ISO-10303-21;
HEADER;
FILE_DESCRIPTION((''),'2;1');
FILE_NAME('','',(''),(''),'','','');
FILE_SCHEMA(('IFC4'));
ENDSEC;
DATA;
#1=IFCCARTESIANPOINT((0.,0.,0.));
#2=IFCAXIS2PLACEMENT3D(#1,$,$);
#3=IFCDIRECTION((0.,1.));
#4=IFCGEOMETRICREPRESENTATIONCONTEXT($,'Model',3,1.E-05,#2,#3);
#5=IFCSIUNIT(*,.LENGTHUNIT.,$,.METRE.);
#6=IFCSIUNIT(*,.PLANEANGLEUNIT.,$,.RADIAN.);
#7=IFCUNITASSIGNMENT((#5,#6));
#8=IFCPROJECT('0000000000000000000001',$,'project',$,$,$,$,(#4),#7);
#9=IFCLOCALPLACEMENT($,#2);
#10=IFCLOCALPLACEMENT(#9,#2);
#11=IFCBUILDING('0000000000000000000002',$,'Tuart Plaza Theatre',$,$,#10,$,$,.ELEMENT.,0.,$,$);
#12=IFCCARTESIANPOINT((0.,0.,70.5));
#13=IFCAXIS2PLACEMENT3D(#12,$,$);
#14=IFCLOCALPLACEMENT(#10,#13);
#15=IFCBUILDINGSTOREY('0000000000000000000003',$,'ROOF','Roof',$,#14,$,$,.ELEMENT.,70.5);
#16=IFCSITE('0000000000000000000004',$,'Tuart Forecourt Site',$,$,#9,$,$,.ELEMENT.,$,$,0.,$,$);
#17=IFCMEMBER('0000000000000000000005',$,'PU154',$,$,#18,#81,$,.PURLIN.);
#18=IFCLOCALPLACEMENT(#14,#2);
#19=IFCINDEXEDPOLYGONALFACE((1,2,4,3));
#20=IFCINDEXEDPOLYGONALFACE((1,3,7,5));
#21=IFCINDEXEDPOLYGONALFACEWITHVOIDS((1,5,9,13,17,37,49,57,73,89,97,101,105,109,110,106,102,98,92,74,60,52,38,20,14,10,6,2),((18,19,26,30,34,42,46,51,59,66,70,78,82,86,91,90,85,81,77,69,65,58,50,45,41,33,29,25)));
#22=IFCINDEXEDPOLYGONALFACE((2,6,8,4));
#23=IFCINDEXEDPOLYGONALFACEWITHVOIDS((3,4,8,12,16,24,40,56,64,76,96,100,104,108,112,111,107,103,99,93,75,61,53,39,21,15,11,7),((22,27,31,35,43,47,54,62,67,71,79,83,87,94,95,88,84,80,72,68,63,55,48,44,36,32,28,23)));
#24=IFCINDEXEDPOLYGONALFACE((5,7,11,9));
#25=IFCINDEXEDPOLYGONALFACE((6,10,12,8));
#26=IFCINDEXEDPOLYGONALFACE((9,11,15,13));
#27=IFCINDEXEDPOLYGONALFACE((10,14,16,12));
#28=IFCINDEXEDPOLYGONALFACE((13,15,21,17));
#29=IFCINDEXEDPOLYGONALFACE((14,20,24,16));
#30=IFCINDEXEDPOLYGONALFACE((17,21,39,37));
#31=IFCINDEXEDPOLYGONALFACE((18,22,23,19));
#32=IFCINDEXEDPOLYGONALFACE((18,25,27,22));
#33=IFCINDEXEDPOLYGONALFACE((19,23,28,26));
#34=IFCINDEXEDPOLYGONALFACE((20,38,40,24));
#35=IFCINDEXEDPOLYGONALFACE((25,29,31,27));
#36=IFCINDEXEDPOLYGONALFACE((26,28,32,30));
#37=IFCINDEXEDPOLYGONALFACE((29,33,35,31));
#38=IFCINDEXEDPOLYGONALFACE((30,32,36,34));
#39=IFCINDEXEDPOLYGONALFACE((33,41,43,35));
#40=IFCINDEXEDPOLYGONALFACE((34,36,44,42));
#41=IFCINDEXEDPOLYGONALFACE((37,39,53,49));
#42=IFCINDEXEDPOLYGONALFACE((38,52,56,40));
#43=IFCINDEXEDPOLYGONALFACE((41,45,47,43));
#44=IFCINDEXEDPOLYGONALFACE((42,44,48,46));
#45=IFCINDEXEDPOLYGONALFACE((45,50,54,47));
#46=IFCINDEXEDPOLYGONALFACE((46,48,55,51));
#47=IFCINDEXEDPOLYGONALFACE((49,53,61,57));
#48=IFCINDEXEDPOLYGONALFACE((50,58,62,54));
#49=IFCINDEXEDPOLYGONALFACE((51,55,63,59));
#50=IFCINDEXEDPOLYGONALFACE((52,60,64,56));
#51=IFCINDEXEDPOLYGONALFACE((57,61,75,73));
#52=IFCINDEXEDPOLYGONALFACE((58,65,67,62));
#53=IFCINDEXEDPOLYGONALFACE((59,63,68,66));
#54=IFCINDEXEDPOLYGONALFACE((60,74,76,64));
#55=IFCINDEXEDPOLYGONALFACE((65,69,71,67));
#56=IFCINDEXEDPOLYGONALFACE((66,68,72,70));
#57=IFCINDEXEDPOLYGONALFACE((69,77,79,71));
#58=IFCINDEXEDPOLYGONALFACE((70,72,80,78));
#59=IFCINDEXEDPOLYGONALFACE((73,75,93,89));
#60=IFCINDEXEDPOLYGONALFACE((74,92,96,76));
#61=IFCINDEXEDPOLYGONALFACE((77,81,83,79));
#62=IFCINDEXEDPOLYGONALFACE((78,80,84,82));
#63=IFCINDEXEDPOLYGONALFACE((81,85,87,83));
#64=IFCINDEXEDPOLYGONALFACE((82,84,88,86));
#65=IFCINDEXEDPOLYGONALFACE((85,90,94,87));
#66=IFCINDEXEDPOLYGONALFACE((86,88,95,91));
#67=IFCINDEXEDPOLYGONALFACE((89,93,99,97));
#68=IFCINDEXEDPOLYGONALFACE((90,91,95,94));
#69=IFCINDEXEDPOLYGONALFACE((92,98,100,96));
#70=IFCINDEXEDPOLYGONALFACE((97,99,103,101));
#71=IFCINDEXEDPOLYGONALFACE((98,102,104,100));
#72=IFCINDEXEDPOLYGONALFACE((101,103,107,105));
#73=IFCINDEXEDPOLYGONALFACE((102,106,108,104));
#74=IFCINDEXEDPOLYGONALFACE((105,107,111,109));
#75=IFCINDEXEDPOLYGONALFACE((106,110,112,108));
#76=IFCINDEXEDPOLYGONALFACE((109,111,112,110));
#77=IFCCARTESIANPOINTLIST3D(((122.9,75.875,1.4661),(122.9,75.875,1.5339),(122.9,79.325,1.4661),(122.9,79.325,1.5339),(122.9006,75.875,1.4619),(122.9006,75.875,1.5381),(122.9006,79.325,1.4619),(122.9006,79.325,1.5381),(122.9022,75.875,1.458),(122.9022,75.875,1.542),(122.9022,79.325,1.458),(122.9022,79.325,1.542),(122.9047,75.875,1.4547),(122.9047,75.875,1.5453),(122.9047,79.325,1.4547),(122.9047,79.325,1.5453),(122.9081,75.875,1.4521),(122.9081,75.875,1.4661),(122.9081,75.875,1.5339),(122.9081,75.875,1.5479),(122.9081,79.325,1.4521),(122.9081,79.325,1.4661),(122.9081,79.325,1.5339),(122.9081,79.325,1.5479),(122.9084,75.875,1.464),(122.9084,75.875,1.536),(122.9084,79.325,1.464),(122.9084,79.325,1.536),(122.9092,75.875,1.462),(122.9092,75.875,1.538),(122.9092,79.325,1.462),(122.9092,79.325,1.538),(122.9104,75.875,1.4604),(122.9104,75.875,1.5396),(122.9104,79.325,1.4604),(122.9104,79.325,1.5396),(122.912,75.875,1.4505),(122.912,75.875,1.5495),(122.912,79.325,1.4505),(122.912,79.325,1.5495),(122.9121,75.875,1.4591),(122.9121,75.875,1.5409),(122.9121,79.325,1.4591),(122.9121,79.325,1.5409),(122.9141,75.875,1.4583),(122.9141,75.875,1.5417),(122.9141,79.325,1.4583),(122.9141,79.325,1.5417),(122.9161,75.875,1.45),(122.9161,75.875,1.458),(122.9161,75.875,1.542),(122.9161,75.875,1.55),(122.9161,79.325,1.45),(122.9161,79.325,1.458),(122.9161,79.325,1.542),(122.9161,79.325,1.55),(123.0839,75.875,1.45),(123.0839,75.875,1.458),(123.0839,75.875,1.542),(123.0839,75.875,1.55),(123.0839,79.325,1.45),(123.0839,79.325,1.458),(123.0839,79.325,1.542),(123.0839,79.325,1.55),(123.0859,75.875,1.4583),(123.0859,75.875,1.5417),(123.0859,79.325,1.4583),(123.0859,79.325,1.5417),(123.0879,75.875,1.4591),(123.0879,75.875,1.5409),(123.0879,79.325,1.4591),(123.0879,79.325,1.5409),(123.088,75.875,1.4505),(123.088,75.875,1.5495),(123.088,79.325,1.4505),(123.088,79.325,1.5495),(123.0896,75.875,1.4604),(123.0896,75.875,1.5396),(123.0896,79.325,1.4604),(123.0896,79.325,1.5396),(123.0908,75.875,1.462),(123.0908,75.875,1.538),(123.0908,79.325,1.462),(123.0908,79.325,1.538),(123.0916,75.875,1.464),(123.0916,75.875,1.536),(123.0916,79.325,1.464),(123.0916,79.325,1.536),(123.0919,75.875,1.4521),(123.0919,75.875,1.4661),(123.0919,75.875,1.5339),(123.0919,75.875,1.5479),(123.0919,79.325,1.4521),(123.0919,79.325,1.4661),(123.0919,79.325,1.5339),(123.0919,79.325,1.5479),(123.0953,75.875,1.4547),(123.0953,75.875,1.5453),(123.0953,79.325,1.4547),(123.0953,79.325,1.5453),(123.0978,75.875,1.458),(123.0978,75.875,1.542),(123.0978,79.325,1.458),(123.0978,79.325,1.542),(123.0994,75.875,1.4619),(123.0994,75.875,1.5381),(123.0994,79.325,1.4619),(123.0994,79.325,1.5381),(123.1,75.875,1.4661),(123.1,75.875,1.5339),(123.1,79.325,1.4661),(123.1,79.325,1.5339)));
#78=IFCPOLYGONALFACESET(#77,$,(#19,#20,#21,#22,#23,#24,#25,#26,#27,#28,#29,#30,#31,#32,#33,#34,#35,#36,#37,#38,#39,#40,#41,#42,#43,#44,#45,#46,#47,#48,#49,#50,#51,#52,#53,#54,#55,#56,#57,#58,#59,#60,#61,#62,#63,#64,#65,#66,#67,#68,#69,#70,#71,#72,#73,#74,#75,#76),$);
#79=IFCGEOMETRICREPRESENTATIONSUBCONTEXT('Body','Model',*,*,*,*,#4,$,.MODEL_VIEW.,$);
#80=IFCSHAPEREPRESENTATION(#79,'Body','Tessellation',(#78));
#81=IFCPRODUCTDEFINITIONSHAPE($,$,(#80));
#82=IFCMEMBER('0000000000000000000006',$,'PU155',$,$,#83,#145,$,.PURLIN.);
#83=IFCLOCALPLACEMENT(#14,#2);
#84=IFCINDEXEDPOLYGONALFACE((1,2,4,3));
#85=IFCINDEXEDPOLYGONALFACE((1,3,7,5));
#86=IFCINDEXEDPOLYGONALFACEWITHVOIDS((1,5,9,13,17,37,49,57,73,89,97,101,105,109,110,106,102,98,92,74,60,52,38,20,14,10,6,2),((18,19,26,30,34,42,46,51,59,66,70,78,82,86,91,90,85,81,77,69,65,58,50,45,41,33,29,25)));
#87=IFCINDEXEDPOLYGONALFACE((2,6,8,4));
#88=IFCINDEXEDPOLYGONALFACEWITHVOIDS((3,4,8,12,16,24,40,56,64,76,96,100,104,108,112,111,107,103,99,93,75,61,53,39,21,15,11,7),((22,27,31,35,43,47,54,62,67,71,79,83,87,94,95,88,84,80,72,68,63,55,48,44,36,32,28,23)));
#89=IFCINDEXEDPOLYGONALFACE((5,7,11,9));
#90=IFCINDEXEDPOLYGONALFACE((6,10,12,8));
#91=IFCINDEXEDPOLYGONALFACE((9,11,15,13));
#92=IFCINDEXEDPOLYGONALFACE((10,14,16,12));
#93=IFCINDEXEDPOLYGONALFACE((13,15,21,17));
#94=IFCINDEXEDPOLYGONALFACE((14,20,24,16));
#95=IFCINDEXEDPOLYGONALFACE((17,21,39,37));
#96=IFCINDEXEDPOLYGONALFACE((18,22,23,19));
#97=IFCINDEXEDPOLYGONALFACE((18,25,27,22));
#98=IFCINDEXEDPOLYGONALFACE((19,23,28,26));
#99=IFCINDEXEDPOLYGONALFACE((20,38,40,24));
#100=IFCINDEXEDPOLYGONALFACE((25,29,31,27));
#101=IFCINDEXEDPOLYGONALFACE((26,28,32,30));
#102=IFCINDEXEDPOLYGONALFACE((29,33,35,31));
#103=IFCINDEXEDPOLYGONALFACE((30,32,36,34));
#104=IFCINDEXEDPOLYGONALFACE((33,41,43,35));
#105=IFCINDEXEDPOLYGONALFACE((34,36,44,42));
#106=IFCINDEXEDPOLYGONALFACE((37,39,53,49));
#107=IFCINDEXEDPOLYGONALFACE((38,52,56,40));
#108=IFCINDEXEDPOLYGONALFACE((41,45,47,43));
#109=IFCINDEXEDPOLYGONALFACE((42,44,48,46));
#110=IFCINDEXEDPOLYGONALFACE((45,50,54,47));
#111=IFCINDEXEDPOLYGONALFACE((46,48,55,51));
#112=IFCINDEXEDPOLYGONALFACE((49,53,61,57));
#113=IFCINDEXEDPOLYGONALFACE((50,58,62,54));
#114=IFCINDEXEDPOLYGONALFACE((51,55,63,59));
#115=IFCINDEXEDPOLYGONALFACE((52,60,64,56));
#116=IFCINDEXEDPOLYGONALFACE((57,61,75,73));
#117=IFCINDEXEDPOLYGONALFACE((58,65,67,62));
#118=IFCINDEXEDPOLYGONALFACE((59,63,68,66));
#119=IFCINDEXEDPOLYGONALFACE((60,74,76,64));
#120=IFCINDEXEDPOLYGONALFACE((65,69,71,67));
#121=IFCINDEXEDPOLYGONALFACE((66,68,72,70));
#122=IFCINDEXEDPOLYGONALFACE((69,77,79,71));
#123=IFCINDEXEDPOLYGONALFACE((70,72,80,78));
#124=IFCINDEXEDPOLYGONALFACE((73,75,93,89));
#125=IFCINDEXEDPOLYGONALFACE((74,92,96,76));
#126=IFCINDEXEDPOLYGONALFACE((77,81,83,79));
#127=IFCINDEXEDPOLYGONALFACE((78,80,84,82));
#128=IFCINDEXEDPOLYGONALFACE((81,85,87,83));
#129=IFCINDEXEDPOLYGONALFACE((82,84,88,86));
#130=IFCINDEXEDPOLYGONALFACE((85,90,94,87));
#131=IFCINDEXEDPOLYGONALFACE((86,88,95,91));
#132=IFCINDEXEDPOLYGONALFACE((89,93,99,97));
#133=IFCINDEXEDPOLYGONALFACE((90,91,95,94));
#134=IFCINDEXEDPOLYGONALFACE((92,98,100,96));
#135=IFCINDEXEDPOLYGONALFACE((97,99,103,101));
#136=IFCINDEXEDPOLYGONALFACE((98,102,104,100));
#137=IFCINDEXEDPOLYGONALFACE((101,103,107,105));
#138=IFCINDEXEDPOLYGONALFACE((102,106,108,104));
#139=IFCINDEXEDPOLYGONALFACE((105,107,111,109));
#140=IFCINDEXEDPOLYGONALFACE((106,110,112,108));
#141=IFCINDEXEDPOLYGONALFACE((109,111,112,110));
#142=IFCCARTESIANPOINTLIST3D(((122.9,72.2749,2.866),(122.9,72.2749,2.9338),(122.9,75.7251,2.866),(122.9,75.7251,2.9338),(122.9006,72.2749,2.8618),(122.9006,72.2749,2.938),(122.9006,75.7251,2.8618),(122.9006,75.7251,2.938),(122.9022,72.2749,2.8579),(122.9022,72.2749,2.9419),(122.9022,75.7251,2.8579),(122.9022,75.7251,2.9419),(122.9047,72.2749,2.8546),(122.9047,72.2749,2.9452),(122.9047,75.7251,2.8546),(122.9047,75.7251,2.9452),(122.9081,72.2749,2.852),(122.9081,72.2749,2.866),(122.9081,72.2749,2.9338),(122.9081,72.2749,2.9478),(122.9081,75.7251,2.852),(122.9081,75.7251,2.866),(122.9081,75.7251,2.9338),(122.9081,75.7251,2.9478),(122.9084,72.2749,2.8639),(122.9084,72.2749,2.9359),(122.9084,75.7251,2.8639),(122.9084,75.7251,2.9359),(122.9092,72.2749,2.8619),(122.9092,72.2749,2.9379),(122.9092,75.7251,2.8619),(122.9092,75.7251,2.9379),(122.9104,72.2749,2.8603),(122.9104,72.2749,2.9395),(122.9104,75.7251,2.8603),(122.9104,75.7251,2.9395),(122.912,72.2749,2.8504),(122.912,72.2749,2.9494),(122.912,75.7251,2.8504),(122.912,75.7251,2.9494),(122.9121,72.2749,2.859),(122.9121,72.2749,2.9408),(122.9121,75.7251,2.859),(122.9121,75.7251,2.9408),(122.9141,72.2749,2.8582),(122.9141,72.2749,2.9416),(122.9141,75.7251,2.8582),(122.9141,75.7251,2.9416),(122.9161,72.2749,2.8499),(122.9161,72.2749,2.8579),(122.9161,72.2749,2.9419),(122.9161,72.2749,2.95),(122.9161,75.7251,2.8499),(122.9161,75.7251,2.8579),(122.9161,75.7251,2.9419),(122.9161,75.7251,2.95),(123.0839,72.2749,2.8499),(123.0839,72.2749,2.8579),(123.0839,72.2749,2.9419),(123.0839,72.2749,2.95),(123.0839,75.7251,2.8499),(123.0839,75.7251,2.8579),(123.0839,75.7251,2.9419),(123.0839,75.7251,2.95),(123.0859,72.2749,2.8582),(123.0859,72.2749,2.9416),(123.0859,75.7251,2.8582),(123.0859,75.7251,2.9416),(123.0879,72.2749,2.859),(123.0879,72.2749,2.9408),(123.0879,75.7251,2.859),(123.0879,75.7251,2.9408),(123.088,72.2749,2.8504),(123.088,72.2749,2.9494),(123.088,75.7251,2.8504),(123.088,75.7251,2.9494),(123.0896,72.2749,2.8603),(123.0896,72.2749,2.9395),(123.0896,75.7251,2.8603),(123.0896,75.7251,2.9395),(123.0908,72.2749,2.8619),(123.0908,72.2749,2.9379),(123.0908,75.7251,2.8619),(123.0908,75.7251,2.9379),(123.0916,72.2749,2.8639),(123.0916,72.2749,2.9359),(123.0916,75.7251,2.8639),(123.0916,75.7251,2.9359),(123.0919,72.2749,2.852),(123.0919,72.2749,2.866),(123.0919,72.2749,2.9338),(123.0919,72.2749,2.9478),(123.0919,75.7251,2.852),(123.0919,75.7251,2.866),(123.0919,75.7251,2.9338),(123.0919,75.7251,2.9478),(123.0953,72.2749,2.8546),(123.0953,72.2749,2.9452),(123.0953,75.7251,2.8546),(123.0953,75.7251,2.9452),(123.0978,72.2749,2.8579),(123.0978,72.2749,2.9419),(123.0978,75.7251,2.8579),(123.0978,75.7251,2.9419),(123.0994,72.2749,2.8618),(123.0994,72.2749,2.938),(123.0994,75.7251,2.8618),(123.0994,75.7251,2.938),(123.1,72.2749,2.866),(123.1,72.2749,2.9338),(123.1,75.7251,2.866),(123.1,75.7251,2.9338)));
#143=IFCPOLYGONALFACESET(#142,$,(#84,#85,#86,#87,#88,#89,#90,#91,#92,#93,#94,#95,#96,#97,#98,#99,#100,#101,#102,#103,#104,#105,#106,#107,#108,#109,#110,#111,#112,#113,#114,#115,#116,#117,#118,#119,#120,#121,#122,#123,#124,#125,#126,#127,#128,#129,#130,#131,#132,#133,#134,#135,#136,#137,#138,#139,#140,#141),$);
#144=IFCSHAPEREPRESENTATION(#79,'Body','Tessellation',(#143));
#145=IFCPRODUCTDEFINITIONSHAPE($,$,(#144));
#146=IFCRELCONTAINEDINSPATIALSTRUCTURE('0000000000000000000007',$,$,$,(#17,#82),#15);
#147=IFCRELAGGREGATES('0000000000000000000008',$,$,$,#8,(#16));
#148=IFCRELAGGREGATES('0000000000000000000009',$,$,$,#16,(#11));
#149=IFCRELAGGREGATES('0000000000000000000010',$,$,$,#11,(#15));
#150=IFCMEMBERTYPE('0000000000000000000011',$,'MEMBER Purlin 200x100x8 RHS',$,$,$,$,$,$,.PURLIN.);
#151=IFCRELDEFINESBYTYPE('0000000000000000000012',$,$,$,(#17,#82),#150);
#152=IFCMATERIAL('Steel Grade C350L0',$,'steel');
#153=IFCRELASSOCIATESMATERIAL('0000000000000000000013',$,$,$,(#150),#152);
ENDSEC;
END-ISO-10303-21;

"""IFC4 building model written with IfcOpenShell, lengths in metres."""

from ifc_helpers import new_model, si_unit, direction, frame, origin, origin_2d, place, context, subcontext, project, spatial, hollow_rectangle, extrude, material, material_profile, profile_set, type_object, element, save


model = new_model("IFC4")

# Units and contexts
model_context = context("Model", 3, precision=1e-05, world=origin(), true_north=direction((0.0, 1.0)))
body_context = subcontext(model_context, "Body", "Model", "MODEL_VIEW")
ifc_project = project(units=[si_unit("LENGTHUNIT", "METRE"), si_unit("PLANEANGLEUNIT", "RADIAN")], contexts=[model_context])

# Site, building, storey
site_placement = place(None, origin())
site = spatial("IfcSite", under=ifc_project, at=site_placement, Name="Tuart Forecourt Site", CompositionType="ELEMENT", RefElevation=0.0)
building_placement = place(site_placement, origin())
building = spatial("IfcBuilding", under=site, at=building_placement, Name="Tuart Plaza Theatre", CompositionType="ELEMENT", ElevationOfRefHeight=0.0)
storey_placement = place(building_placement, frame((0.0, 0.0, 70.5)))
storey = spatial("IfcBuildingStorey", under=building, at=storey_placement, Name="ROOF", Description="Roof", CompositionType="ELEMENT", Elevation=70.5)

# Members
ifc_material_1 = material(Name="Steel Grade C350L0", Category="steel")
ifc_material_profile_1 = material_profile(ifc_material_1, hollow_rectangle(XDim=0.1001, YDim=0.2, WallThickness=0.0081, InnerFilletRadius=0.0081, OuterFilletRadius=0.0161, at=origin_2d()), Name="200x100x8 RHS")
ifc_profile_set_1 = profile_set([ifc_material_profile_1], Name="Steel Grade C350L0")
member_type_1 = type_object("IfcMemberType", Name="MEMBER Purlin 200x100x8 RHS", PredefinedType="PURLIN", material=ifc_profile_set_1)
for number, where, z_axis, x_axis, name in (
    (1, (123.0, 79.325, 1.5), (0.0, -1.0, 0.0), (0.0, 0.0, 1.0), "PU154"),
):
    element("IfcMember", number, at=place(storey_placement, frame(where, z_axis=z_axis, x_axis=x_axis)), inside=storey, type_object=member_type_1, Name=name, PredefinedType="PURLIN", context=body_context, shape_type="SweptSolid", body=[
        extrude(hollow_rectangle(XDim=0.1001, YDim=0.2, WallThickness=0.0081, InnerFilletRadius=0.0081, OuterFilletRadius=0.0161, at=origin_2d()), origin(), (0.0, 0.0, 1.0), 3.45),
    ])
for number, where, z_axis, x_axis, name in (
    (2, (123.0, 75.7251, 2.8999), (0.0, -1.0, 0.0), (0.0, 0.0, 1.0), "PU155"),
):
    element("IfcMember", number, at=place(storey_placement, frame(where, z_axis=z_axis, x_axis=x_axis)), inside=storey, type_object=member_type_1, Name=name, PredefinedType="PURLIN", context=body_context, shape_type="SweptSolid", body=[
        extrude(hollow_rectangle(XDim=0.1001, YDim=0.2, WallThickness=0.0081, InnerFilletRadius=0.0081, OuterFilletRadius=0.0161, at=origin_2d()), origin(), (0.0, 0.0, 1.0), 3.4502),
    ])

save(model, "model.ifc")
